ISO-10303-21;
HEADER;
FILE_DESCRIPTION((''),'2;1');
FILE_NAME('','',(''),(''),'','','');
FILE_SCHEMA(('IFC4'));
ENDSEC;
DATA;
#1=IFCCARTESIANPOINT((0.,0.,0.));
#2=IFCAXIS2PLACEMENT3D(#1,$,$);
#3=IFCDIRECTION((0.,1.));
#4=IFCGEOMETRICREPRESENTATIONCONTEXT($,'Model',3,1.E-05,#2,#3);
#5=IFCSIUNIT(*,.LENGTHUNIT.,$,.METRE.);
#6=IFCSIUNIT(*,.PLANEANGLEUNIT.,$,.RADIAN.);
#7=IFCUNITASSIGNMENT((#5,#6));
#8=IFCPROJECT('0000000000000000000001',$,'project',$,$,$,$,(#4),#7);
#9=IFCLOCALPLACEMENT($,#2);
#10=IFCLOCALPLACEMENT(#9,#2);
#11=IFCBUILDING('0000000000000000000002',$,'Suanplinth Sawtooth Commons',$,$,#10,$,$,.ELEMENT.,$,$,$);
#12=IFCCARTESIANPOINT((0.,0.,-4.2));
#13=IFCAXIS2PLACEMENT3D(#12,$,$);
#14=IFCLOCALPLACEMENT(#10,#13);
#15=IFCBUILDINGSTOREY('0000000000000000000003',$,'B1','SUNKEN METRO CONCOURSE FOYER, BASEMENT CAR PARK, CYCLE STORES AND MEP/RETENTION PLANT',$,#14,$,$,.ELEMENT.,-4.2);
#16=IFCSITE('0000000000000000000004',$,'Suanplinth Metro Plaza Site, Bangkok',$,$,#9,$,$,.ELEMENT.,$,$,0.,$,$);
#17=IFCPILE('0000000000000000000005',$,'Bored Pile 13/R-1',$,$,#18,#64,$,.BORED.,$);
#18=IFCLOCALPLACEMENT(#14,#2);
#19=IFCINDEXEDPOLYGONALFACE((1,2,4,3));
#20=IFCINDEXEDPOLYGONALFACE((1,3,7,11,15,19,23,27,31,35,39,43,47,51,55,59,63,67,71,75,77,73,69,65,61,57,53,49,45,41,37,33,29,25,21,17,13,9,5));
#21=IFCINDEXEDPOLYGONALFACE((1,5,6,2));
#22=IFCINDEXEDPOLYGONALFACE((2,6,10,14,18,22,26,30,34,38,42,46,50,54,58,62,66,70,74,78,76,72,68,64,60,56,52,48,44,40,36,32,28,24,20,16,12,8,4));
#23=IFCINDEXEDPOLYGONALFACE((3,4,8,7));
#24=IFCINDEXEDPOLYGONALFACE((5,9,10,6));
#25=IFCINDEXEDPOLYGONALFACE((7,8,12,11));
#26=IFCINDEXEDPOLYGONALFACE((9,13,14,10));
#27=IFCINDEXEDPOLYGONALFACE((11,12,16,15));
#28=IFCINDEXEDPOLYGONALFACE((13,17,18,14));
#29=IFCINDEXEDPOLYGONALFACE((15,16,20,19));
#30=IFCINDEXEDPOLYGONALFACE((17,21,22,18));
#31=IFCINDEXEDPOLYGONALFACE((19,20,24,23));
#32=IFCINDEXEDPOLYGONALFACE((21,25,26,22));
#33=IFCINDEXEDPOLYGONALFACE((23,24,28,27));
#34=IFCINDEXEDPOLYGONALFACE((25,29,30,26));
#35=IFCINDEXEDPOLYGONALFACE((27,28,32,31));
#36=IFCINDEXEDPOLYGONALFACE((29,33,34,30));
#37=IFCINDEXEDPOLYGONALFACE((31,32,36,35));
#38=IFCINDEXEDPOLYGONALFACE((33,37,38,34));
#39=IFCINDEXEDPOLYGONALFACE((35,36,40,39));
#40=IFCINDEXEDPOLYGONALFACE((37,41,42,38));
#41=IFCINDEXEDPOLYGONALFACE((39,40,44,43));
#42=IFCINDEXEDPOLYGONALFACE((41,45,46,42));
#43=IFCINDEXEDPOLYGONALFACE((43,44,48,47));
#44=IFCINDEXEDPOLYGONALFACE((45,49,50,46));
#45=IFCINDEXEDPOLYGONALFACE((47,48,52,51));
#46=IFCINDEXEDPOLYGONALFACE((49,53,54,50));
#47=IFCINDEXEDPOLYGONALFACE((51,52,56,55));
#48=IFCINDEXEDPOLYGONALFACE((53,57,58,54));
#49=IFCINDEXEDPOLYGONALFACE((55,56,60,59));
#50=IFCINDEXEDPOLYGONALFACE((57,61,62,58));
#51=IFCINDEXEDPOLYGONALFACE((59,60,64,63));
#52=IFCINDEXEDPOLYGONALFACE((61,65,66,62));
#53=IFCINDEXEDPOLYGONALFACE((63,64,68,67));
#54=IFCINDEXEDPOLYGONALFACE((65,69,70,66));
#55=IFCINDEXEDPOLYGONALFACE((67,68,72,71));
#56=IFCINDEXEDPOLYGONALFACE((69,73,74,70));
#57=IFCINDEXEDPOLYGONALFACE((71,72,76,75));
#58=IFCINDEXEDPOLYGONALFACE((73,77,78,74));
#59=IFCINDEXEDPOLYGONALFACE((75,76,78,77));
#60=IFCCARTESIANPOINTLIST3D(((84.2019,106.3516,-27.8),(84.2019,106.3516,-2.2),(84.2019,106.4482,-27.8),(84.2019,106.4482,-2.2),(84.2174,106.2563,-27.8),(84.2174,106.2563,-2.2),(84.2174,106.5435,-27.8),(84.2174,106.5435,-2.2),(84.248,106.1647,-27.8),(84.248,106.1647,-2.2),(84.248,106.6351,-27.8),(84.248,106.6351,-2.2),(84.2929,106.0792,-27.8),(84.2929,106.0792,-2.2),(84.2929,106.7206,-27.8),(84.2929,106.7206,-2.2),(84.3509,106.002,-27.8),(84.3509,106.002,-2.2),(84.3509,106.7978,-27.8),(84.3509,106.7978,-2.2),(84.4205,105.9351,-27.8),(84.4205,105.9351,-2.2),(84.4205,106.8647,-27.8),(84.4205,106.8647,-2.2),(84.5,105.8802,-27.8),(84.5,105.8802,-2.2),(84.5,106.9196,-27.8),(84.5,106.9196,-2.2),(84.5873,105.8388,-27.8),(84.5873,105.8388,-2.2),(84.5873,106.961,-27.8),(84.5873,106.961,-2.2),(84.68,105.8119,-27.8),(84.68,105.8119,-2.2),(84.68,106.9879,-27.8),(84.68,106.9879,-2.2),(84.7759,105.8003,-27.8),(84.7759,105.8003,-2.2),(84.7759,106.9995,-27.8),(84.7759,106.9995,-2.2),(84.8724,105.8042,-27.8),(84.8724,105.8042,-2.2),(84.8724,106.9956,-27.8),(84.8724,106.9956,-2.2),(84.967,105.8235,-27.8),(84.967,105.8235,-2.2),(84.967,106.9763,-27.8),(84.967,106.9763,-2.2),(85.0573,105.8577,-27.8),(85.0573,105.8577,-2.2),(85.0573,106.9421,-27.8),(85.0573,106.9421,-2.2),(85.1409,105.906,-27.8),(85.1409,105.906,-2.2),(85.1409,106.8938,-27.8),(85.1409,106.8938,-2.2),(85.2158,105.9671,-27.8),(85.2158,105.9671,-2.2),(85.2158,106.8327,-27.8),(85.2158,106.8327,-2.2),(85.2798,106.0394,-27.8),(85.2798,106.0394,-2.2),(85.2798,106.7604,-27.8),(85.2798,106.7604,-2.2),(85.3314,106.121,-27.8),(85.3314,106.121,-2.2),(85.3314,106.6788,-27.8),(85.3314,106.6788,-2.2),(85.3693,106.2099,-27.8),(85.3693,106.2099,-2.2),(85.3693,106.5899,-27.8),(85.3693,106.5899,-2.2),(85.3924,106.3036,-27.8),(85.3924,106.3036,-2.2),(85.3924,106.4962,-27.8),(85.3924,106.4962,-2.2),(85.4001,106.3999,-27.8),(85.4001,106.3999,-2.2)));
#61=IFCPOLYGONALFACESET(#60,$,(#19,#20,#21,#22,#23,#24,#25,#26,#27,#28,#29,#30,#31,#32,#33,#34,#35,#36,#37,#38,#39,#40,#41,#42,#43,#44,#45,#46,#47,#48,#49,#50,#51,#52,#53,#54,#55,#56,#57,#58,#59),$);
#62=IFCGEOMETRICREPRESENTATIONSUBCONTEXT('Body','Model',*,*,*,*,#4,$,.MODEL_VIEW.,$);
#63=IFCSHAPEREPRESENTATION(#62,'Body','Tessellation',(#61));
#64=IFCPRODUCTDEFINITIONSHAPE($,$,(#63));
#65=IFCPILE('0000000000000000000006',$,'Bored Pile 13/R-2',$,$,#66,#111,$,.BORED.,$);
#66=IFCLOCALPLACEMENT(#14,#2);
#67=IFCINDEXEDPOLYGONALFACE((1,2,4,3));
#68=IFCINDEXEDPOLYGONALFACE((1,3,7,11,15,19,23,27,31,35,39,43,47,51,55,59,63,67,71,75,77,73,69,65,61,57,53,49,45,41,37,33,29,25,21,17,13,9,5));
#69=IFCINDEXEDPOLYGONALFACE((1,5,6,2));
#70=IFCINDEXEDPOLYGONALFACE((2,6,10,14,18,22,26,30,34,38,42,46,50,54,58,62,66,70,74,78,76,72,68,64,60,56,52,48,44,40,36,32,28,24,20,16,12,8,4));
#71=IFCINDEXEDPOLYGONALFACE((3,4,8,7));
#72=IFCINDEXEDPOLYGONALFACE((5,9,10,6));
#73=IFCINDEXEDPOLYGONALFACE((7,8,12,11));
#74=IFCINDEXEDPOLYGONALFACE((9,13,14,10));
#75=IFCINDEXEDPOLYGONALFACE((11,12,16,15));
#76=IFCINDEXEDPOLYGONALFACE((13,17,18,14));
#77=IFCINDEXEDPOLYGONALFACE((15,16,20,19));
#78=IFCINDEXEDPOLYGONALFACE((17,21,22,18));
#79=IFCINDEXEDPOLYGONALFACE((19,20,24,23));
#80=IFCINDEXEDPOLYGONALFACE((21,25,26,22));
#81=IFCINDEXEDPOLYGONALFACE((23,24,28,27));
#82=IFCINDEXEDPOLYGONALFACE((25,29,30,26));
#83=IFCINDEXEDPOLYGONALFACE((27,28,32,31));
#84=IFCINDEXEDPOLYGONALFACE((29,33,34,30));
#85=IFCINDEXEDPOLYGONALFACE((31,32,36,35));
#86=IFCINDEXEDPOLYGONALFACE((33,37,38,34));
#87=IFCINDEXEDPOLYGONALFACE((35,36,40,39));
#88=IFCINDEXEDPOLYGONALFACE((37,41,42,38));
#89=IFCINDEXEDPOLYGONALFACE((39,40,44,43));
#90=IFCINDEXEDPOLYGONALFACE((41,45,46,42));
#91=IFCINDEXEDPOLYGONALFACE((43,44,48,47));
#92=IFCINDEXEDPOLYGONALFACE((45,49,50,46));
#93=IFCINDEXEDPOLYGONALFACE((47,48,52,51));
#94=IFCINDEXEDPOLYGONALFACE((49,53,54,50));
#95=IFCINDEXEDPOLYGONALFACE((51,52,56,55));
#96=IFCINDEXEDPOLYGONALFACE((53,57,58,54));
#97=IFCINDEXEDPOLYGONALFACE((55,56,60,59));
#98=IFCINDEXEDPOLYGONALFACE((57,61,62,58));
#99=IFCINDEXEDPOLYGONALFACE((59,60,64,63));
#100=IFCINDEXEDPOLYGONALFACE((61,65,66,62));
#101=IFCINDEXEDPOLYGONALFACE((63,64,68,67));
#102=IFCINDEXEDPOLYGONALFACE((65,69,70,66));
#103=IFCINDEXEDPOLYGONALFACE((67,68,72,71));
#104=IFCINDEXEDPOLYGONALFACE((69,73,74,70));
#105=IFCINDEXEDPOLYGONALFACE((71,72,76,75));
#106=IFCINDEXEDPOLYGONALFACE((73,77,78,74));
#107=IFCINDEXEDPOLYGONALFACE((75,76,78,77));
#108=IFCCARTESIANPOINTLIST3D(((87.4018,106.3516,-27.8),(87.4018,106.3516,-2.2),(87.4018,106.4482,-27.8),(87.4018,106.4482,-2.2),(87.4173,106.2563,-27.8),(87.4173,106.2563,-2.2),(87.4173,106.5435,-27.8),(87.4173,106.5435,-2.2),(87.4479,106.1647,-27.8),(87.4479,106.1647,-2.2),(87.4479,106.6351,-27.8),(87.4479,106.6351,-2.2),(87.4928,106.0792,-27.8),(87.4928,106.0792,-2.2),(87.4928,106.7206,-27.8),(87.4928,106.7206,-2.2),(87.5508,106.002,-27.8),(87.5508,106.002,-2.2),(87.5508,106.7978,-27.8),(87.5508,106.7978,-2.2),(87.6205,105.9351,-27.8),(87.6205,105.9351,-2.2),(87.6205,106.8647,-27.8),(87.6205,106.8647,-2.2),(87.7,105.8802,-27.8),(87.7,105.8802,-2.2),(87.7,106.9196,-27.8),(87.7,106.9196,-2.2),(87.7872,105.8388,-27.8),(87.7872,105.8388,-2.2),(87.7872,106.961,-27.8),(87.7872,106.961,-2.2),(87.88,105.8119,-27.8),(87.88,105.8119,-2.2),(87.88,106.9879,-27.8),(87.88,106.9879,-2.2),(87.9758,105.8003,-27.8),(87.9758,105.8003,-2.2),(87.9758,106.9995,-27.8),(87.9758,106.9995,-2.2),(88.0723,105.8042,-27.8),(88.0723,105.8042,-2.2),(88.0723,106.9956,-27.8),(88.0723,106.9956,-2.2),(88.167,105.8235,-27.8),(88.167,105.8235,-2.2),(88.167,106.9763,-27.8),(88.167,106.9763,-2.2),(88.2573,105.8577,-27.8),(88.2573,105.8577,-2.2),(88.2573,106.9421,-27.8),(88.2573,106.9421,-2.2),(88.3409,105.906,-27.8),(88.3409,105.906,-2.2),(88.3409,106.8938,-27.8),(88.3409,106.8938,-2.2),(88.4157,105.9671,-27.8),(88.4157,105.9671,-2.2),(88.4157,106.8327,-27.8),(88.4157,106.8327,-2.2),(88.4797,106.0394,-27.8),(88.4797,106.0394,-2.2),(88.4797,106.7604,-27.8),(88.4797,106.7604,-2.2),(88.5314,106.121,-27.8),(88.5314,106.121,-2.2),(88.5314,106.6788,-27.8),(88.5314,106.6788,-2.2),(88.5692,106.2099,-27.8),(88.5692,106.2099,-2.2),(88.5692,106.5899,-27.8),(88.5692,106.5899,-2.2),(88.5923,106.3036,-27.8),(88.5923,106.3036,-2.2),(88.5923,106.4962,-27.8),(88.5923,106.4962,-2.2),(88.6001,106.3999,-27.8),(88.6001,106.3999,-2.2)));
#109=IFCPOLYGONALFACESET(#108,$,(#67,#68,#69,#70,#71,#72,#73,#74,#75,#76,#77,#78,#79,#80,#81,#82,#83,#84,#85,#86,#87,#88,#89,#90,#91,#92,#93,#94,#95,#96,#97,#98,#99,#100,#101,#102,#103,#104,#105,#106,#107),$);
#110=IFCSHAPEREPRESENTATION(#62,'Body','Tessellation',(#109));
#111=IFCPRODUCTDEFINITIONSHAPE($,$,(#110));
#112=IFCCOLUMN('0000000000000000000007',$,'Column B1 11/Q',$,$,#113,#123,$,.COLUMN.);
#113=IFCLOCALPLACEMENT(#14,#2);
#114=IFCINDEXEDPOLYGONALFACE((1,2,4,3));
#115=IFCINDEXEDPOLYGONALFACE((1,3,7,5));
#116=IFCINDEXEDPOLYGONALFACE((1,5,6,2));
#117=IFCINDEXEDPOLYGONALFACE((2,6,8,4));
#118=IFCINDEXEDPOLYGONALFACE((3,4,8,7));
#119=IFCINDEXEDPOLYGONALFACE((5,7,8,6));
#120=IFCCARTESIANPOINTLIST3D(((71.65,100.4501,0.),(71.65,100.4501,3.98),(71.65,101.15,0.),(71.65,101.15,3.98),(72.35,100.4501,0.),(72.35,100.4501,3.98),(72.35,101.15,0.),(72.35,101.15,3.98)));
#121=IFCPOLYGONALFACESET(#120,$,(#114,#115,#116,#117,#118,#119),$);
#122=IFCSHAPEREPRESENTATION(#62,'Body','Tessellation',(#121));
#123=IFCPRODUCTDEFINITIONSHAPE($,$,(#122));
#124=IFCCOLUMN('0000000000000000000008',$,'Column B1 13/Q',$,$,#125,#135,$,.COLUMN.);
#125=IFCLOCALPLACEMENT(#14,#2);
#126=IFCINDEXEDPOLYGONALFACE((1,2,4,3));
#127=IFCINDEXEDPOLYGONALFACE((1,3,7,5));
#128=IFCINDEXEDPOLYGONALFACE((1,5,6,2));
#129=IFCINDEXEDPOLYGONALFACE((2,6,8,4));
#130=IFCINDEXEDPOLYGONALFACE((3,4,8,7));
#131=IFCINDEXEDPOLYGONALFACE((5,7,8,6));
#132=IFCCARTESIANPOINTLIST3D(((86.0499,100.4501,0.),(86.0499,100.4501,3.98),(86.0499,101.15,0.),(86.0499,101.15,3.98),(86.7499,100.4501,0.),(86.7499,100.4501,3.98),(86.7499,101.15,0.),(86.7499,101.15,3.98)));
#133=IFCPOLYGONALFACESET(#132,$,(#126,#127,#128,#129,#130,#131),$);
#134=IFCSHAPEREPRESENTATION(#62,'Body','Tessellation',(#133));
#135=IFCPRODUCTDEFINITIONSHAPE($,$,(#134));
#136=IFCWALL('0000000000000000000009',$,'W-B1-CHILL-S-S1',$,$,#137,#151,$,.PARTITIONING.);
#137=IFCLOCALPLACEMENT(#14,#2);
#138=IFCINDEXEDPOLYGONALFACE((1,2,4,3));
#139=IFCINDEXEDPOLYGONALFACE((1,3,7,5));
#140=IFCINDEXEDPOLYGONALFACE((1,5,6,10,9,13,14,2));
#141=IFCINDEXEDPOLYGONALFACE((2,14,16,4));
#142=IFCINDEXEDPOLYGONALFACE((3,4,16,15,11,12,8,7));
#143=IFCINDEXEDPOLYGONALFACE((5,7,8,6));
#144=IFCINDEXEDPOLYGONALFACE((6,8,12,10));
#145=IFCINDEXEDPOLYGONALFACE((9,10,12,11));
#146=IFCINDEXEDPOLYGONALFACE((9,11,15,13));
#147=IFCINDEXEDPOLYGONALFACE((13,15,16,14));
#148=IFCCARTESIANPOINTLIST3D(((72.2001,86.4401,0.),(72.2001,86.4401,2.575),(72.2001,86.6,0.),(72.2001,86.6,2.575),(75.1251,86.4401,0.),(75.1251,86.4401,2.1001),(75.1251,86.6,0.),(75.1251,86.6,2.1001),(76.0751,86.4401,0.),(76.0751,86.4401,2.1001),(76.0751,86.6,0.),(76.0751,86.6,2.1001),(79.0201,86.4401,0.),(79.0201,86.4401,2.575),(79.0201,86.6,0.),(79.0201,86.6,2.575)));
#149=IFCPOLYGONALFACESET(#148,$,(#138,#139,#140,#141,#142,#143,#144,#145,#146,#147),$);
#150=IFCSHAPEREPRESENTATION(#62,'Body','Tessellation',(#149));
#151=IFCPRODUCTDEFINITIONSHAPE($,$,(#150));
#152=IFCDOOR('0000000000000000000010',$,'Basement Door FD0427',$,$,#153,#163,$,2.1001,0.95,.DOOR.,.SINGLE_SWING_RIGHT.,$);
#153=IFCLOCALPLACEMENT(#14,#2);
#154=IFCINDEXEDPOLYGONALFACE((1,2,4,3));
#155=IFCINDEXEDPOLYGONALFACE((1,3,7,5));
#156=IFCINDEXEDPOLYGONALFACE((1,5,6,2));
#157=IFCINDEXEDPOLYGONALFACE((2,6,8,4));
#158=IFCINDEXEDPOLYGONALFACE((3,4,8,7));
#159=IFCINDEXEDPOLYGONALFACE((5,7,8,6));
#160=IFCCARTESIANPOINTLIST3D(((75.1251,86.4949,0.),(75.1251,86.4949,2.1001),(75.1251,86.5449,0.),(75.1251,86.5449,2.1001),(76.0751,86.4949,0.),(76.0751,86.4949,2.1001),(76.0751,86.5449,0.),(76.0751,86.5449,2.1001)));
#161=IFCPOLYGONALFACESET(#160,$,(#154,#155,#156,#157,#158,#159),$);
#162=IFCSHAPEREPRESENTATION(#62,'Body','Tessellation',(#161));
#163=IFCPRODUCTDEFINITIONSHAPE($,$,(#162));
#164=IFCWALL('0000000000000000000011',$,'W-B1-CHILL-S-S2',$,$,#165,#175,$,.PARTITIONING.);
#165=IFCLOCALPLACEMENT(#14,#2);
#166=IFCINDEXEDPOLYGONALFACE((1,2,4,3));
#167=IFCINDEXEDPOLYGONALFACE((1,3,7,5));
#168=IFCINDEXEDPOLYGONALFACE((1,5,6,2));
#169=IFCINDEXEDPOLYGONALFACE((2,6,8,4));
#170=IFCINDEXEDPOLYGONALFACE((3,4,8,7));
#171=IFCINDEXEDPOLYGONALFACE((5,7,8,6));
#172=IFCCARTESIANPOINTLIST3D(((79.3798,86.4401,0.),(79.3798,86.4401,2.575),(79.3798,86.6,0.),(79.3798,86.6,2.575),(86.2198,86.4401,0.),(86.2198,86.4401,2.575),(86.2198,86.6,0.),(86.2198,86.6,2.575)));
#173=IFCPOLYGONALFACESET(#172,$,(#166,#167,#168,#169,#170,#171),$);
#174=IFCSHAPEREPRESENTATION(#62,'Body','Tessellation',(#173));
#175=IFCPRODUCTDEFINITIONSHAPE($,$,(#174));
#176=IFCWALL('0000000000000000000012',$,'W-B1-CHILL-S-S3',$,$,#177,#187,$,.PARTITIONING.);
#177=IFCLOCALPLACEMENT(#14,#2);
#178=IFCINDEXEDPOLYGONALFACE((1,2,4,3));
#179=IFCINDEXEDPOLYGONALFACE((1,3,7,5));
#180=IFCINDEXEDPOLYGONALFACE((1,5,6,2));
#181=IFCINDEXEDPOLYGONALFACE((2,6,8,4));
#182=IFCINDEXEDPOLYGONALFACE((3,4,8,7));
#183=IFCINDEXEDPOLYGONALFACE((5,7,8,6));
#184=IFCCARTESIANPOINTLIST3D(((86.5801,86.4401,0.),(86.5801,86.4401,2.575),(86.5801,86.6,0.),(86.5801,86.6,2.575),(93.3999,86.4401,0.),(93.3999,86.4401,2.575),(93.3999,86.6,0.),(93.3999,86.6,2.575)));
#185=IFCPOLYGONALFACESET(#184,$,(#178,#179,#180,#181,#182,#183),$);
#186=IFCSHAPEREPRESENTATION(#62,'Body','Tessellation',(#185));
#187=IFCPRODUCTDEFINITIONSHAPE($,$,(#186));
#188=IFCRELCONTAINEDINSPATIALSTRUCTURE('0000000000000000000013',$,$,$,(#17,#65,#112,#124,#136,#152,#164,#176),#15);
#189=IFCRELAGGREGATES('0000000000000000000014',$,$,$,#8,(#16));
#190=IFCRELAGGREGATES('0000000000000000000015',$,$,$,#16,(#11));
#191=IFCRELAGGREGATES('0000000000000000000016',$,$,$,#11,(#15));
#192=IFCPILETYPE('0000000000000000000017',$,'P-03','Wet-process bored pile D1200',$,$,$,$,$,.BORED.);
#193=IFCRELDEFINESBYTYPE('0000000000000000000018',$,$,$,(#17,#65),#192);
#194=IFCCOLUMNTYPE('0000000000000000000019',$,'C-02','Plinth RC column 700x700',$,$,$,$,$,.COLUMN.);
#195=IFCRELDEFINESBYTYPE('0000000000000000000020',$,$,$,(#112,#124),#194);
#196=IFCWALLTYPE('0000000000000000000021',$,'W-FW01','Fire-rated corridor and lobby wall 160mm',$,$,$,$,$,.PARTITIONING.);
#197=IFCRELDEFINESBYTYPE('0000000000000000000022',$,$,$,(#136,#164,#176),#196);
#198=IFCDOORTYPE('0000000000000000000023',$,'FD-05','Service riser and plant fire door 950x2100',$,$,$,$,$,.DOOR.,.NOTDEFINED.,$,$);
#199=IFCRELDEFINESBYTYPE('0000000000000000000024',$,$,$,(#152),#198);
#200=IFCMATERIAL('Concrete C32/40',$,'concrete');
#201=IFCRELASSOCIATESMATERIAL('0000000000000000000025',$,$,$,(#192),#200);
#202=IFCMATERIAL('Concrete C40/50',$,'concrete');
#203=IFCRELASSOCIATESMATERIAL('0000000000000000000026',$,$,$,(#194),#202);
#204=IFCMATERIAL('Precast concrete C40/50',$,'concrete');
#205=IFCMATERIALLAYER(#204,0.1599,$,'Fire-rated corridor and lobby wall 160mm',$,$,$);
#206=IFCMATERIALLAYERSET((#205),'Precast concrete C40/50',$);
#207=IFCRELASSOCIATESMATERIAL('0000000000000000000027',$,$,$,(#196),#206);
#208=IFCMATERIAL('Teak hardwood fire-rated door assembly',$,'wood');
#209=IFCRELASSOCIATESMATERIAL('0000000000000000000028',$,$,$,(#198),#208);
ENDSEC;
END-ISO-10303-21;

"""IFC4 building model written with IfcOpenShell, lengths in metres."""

from ifc_helpers import new_model, si_unit, direction, frame, frame_2d, origin, origin_2d, place, context, subcontext, project, spatial, rectangle, circle, extrude, material, layer, layer_set, material_profile, profile_set, type_object, element, fill, save


model = new_model("IFC4")

# Units and contexts
model_context = context("Model", 3, precision=1e-05, world=origin(), true_north=direction((0.0, 1.0)))
body_context = subcontext(model_context, "Body", "Model", "MODEL_VIEW")
ifc_project = project(units=[si_unit("LENGTHUNIT", "METRE"), si_unit("PLANEANGLEUNIT", "RADIAN")], contexts=[model_context])

# Site, building, storey
site_placement = place(None, origin())
site = spatial("IfcSite", under=ifc_project, at=site_placement, Name="Suanplinth Metro Plaza Site, Bangkok", CompositionType="ELEMENT", RefElevation=0.0)
building_placement = place(site_placement, origin())
building = spatial("IfcBuilding", under=site, at=building_placement, Name="Suanplinth Sawtooth Commons", CompositionType="ELEMENT")
storey_placement = place(building_placement, frame((0.0, 0.0, -4.2)))
storey = spatial("IfcBuildingStorey", under=building, at=storey_placement, Name="B1", Description="SUNKEN METRO CONCOURSE FOYER, BASEMENT CAR PARK, CYCLE STORES AND MEP/RETENTION PLANT", CompositionType="ELEMENT", Elevation=-4.2)

# Piles
ifc_material_1 = material(Name="Concrete C32/40", Category="concrete")
ifc_material_profile_1 = material_profile(ifc_material_1, circle(Radius=0.6001, at=origin_2d()), Name="PILE D1200")
ifc_profile_set_1 = profile_set([ifc_material_profile_1], Name="Concrete C32/40")
pile_type_1 = type_object("IfcPileType", Name="P-03", Description="Wet-process bored pile D1200", PredefinedType="BORED", material=ifc_profile_set_1)
for number, where, z_axis, x_axis, name in (
    (1, (84.8, 106.3999, -2.2), (0.0, 0.0, -1.0), (1.0, 0.0, 0.0), "Bored Pile 13/R-1"),
    (2, (88.0, 106.3999, -2.2), (0.0, 0.0, -1.0), (1.0, 0.0, 0.0), "Bored Pile 13/R-2"),
):
    element("IfcPile", number, at=place(storey_placement, frame(where, z_axis=z_axis, x_axis=x_axis)), inside=storey, type_object=pile_type_1, Name=name, PredefinedType="BORED", context=body_context, shape_type="SweptSolid", body=[
        extrude(circle(Radius=0.6001, at=origin_2d()), origin(), (0.0, 0.0, 1.0), 25.6001),
    ])

# Columns
ifc_material_2 = material(Name="Concrete C40/50", Category="concrete")
ifc_material_profile_2 = material_profile(ifc_material_2, rectangle(XDim=0.7, YDim=0.7, at=origin_2d()), Name="RC-COL 700x700")
ifc_profile_set_2 = profile_set([ifc_material_profile_2], Name="Concrete C40/50")
column_type = type_object("IfcColumnType", Name="C-02", Description="Plinth RC column 700x700", PredefinedType="COLUMN", material=ifc_profile_set_2)
for number, where, z_axis, x_axis, name in (
    (3, (72.0, 100.8, 0.0), (0.0, 0.0, 1.0), (1.0, 0.0, 0.0), "Column B1 11/Q"),
    (4, (86.3999, 100.8, 0.0), (0.0, 0.0, 1.0), (1.0, 0.0, 0.0), "Column B1 13/Q"),
):
    element("IfcColumn", number, at=place(storey_placement, frame(where, z_axis=z_axis, x_axis=x_axis)), inside=storey, type_object=column_type, Name=name, PredefinedType="COLUMN", context=body_context, shape_type="SweptSolid", body=[
        extrude(rectangle(XDim=0.7, YDim=0.7, at=origin_2d()), origin(), (0.0, 0.0, 1.0), 3.98),
    ])

# Wall, opening, door
ifc_material_3 = material(Name="Precast concrete C40/50", Category="concrete")
ifc_layer = layer(ifc_material_3, 0.1599, Name="Fire-rated corridor and lobby wall 160mm")
ifc_layer_set = layer_set([ifc_layer], Name="Precast concrete C40/50")
wall_type = type_object("IfcWallType", Name="W-FW01", Description="Fire-rated corridor and lobby wall 160mm", PredefinedType="PARTITIONING", material=ifc_layer_set)
wall_1_placement = place(storey_placement, frame((72.2, 86.52, 0.0), z_axis=(0.0, 0.0, 1.0), x_axis=(1.0, 0.0, 0.0)))
wall_1 = element("IfcWall", 5, at=wall_1_placement, inside=storey, type_object=wall_type, Name="W-B1-CHILL-S-S1", PredefinedType="PARTITIONING", context=body_context, shape_type="SweptSolid", body=[
    extrude(rectangle(XDim=6.8201, YDim=0.1599, at=frame_2d((3.4102, 0.0))), origin(), (0.0, 0.0, 1.0), 2.575),
])
opening_placement = place(wall_1_placement, frame((2.925, 0.0, 0.0)))
opening = element("IfcOpeningElement", 6, at=opening_placement, cuts=wall_1, PredefinedType="OPENING", context=body_context, shape_type="SweptSolid", body=[
    extrude(rectangle(XDim=0.95, YDim=2.1001, at=frame_2d((0.4751, 1.05))), frame((0.0, 0.0947, 0.0), z_axis=(0.0, -1.0, 0.0), x_axis=(1.0, 0.0, 0.0)), (0.0, 0.0, 1.0), 0.1897),
])
ifc_material_4 = material(Name="Teak hardwood fire-rated door assembly", Category="wood")
door_type = type_object("IfcDoorType", Name="FD-05", Description="Service riser and plant fire door 950x2100", OperationType="NOTDEFINED", PredefinedType="DOOR", material=ifc_material_4)
door_placement = place(opening_placement, origin())
door = element("IfcDoor", 7, at=door_placement, inside=storey, type_object=door_type, Name="Basement Door FD0427", OperationType="SINGLE_SWING_RIGHT", OverallHeight=2.1001, OverallWidth=0.95, PredefinedType="DOOR", context=body_context, shape_type="SweptSolid", body=[
    extrude(rectangle(XDim=0.95, YDim=2.1001, at=frame_2d((0.4751, 1.05))), frame((0.0, 0.0249, 0.0), z_axis=(0.0, -1.0, 0.0), x_axis=(1.0, 0.0, 0.0)), (0.0, 0.0, 1.0), 0.05),
])
fill(opening, door)

# Walls
wall_2_placement = place(storey_placement, frame((79.3799, 86.52, 0.0), z_axis=(0.0, 0.0, 1.0), x_axis=(1.0, 0.0, 0.0)))
element("IfcWall", 8, at=wall_2_placement, inside=storey, type_object=wall_type, Name="W-B1-CHILL-S-S2", PredefinedType="PARTITIONING", context=body_context, shape_type="SweptSolid", body=[
    extrude(rectangle(XDim=6.8401, YDim=0.1599, at=frame_2d((3.4199, 0.0))), origin(), (0.0, 0.0, 1.0), 2.575),
])
wall_3_placement = place(storey_placement, frame((86.5801, 86.52, 0.0), z_axis=(0.0, 0.0, 1.0), x_axis=(1.0, 0.0, 0.0)))
element("IfcWall", 9, at=wall_3_placement, inside=storey, type_object=wall_type, Name="W-B1-CHILL-S-S3", PredefinedType="PARTITIONING", context=body_context, shape_type="SweptSolid", body=[
    extrude(rectangle(XDim=6.8198, YDim=0.1599, at=frame_2d((3.4099, 0.0))), origin(), (0.0, 0.0, 1.0), 2.575),
])

save(model, "model.ifc")
